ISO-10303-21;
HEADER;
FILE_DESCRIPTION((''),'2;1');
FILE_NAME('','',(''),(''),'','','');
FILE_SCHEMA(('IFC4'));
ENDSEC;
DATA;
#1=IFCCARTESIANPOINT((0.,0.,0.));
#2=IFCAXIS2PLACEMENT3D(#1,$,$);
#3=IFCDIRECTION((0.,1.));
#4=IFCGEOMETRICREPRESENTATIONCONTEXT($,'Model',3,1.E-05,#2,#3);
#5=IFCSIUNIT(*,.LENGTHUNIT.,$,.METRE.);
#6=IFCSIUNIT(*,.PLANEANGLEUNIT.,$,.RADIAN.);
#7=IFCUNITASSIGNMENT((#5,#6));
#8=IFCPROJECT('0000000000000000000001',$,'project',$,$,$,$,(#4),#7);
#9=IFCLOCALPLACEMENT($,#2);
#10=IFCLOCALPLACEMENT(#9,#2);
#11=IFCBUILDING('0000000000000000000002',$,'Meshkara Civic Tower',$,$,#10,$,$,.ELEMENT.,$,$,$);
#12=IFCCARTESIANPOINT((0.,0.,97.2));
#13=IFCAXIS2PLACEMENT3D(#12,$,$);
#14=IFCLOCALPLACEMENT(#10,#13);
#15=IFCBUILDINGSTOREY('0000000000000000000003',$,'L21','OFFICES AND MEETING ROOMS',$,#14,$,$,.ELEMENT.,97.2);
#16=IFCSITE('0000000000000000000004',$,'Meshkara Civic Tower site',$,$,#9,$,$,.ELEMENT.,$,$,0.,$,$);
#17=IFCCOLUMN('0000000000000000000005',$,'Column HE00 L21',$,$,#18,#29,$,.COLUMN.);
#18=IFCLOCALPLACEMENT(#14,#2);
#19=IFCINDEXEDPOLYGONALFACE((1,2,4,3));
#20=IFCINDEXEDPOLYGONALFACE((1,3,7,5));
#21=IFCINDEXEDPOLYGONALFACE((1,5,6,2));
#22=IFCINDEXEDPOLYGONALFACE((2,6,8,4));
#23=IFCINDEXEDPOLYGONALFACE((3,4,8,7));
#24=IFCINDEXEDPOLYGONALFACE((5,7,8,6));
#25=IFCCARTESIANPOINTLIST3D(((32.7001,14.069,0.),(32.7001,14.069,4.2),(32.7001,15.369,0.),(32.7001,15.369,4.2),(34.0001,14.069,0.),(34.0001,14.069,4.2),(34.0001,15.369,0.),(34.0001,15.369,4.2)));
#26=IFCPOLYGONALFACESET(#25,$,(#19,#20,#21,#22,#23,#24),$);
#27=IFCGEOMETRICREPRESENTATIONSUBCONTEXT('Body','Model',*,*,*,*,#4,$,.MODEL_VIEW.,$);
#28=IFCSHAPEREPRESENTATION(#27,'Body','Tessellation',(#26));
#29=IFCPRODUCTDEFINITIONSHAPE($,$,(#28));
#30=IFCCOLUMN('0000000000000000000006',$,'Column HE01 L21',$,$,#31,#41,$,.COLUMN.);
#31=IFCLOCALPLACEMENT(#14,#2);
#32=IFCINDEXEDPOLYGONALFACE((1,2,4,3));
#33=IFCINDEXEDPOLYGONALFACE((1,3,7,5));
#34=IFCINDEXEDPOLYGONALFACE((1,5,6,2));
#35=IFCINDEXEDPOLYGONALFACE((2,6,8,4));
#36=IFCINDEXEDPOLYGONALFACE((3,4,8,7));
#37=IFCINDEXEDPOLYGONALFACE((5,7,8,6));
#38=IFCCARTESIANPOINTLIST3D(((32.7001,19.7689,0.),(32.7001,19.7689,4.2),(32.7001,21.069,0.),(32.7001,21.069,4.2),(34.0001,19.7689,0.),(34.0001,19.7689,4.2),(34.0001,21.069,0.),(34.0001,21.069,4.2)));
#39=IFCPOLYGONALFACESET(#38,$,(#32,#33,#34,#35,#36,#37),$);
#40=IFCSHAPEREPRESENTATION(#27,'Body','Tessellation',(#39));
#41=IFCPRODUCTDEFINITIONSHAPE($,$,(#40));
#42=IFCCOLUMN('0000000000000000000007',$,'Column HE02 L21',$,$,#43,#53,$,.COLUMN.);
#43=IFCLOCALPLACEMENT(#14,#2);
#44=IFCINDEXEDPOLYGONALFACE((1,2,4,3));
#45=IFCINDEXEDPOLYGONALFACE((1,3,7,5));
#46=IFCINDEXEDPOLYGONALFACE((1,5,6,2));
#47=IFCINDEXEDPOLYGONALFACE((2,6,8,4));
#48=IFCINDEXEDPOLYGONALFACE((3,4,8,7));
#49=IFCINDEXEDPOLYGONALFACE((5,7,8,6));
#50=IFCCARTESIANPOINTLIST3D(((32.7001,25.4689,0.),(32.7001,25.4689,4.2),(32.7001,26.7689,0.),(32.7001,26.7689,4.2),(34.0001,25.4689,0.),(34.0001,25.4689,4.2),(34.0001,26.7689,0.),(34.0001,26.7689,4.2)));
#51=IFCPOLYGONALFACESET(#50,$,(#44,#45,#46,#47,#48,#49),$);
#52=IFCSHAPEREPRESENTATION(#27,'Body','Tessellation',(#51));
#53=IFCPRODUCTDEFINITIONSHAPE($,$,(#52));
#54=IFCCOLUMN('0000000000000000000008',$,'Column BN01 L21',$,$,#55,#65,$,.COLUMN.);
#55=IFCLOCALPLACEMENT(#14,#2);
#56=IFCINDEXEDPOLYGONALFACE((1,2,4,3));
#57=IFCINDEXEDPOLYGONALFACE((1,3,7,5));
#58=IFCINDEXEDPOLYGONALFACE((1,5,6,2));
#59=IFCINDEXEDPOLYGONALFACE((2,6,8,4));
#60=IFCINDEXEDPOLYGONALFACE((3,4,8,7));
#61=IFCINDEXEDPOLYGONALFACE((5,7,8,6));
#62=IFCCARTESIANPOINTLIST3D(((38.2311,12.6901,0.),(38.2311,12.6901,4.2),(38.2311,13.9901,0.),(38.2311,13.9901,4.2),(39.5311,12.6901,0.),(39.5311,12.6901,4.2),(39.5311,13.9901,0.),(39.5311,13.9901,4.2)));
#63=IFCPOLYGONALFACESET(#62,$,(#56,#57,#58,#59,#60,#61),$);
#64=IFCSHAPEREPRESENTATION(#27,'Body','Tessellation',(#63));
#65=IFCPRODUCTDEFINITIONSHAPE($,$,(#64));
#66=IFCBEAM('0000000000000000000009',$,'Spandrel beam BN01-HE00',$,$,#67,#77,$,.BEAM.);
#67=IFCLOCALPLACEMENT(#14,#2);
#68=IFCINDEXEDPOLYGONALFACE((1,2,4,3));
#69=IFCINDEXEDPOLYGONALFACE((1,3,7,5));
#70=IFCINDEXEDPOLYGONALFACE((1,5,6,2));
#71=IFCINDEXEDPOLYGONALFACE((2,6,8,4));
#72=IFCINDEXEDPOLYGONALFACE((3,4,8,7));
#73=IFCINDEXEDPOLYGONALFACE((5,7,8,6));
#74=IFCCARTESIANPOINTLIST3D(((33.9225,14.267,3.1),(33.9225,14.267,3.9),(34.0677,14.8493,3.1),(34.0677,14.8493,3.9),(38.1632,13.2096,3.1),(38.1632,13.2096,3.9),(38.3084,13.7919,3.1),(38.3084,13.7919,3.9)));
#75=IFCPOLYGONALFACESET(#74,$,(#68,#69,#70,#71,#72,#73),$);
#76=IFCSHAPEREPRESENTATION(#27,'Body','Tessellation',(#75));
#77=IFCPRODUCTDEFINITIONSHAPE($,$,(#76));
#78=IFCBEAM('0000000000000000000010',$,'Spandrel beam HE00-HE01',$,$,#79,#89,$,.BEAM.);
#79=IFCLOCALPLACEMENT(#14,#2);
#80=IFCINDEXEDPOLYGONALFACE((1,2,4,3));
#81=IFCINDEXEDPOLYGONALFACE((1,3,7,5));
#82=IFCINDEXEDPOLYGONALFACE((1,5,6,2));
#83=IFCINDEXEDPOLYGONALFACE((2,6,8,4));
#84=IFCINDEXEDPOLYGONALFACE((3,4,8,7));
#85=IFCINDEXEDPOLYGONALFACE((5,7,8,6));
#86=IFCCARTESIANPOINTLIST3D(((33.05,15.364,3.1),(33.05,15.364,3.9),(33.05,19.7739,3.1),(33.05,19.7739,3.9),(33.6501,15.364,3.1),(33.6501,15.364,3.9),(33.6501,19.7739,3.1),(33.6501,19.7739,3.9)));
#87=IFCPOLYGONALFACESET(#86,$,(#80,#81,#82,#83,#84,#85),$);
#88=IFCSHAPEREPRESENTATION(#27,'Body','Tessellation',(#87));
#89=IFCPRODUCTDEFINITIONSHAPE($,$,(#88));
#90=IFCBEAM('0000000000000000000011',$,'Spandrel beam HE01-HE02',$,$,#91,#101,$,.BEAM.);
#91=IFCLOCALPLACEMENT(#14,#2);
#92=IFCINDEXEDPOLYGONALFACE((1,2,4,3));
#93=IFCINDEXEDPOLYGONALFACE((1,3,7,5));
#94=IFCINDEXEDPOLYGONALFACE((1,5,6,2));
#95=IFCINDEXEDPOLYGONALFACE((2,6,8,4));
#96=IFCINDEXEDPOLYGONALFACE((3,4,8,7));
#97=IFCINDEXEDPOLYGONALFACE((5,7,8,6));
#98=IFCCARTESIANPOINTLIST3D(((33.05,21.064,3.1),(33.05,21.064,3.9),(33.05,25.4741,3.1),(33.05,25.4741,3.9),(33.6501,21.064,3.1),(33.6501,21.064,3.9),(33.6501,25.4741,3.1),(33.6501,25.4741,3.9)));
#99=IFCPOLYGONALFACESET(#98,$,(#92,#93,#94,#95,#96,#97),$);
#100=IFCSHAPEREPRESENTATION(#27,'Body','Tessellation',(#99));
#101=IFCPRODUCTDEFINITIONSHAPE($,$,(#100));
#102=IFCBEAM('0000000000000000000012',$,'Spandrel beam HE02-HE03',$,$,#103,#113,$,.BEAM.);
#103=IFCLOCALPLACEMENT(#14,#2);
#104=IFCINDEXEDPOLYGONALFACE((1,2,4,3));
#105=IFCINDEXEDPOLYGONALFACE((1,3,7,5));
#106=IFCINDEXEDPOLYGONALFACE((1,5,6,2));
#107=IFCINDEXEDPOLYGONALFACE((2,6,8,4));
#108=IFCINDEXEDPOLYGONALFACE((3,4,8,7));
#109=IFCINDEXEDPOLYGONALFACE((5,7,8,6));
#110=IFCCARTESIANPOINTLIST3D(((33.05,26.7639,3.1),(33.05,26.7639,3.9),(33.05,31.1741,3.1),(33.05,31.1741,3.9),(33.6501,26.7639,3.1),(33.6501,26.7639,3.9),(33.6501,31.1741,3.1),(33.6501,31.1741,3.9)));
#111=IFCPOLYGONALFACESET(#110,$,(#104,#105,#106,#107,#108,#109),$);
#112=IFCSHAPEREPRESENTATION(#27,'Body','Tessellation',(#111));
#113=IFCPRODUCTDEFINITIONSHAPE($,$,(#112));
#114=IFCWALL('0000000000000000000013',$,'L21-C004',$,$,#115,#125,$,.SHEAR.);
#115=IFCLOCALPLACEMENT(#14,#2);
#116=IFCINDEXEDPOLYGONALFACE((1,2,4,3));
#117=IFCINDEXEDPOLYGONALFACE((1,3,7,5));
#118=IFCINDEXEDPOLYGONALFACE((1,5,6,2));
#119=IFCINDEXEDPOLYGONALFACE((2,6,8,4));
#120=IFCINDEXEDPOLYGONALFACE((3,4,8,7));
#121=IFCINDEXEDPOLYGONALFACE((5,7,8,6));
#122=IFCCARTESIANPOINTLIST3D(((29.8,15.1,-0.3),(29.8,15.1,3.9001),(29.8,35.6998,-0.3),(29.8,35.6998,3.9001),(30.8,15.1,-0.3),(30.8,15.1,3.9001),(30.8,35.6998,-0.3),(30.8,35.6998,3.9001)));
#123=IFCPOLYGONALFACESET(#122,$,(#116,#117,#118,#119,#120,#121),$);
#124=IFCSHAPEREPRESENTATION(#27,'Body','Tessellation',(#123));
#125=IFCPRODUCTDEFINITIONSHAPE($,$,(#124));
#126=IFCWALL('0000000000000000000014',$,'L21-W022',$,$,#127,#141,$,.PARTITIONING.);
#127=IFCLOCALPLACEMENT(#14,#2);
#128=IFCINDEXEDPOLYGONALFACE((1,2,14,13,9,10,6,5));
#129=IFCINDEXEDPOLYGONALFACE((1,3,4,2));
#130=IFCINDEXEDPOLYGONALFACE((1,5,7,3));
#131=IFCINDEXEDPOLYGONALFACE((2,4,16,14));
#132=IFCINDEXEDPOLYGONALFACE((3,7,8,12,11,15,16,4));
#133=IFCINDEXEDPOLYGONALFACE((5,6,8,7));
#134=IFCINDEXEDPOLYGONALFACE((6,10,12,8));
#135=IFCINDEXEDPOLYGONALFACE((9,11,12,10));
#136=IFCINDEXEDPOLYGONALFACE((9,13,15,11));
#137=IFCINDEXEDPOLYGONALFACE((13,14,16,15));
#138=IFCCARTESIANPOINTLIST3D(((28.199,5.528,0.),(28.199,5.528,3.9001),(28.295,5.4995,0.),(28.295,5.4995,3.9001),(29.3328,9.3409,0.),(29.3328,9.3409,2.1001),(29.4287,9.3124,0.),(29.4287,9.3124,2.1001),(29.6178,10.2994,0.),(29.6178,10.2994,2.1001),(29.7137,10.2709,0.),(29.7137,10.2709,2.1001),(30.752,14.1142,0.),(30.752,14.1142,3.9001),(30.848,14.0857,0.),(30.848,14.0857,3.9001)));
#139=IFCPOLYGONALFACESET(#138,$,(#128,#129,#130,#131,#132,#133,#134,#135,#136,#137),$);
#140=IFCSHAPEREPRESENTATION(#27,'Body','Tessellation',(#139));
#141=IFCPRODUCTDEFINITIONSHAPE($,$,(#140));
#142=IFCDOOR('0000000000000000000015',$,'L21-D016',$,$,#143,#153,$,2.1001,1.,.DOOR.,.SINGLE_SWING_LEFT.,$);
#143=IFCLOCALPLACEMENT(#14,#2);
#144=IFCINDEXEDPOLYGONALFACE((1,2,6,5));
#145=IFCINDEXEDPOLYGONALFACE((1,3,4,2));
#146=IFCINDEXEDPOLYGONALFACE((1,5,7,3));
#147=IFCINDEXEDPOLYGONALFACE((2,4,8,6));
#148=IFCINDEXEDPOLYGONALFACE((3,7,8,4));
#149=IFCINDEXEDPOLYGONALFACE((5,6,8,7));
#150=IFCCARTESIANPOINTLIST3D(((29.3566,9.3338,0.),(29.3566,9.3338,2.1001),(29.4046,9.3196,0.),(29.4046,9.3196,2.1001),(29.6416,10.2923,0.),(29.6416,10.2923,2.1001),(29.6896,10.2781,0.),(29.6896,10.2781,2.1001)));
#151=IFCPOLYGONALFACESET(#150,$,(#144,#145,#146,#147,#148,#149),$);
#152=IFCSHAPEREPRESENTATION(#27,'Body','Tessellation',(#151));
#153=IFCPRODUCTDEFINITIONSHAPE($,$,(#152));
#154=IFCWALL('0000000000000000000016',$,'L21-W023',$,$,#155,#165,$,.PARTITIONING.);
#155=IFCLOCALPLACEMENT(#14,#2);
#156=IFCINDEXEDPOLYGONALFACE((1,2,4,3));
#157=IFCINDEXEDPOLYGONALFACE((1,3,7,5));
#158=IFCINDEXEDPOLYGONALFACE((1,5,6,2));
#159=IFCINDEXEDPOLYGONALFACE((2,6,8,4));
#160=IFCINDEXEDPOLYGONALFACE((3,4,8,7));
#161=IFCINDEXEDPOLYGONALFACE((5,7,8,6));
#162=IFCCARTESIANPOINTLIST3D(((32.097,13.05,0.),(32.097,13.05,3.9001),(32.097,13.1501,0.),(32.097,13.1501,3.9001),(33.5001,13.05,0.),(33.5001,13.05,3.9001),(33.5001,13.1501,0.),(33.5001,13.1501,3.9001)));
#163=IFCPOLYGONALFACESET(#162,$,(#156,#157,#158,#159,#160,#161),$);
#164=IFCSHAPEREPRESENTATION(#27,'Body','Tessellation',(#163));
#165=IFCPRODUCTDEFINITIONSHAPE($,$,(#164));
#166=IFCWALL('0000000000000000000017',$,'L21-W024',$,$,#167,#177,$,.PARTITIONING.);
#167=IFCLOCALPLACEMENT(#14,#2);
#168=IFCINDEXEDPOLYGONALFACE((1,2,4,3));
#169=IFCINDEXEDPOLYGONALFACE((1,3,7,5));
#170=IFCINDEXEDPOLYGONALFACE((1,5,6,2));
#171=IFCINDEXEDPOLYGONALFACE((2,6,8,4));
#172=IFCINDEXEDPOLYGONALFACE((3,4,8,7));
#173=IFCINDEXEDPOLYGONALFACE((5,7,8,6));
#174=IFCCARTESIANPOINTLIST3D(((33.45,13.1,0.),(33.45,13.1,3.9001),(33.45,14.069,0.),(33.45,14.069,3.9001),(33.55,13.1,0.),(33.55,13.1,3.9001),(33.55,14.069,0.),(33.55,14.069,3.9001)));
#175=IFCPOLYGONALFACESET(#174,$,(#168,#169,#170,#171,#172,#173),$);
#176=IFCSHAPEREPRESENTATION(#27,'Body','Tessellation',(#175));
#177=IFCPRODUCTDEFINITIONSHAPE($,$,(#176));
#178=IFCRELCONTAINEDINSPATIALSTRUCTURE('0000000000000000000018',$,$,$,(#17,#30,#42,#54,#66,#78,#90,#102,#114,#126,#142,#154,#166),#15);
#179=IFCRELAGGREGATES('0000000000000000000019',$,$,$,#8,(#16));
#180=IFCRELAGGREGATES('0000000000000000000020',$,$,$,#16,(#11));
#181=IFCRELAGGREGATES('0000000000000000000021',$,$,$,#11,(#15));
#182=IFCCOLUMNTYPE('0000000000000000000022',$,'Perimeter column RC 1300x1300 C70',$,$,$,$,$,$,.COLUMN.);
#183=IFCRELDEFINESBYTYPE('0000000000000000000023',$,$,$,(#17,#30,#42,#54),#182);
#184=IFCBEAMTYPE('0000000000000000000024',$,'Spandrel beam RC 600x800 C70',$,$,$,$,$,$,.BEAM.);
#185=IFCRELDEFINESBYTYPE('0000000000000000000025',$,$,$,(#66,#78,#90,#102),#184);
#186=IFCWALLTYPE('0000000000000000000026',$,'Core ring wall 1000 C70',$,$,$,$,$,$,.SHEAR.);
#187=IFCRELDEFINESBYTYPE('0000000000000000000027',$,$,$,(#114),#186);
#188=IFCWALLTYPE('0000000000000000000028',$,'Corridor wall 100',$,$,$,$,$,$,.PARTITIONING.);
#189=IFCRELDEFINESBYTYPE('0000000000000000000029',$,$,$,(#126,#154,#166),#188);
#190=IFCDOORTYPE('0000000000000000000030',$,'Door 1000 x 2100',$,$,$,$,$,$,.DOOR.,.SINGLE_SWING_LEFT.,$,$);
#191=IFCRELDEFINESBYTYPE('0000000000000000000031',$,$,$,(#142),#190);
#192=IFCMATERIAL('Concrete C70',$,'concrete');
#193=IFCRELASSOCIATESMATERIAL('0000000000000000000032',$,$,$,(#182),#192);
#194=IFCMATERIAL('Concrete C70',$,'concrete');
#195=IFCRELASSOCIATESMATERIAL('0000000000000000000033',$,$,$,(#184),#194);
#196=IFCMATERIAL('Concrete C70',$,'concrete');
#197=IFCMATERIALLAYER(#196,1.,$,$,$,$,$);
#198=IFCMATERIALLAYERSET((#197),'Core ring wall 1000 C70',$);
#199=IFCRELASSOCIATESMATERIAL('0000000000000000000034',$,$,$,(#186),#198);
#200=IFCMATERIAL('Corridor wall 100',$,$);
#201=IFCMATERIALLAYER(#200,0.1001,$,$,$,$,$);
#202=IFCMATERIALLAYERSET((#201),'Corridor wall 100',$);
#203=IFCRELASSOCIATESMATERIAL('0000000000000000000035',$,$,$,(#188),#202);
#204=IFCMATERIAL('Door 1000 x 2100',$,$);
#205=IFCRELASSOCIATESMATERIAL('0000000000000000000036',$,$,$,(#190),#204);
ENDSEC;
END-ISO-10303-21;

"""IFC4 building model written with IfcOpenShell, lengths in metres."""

from ifc_helpers import new_model, si_unit, direction, frame, frame_2d, origin, origin_2d, place, context, subcontext, project, spatial, rectangle, extrude, material, layer, layer_set, material_profile, profile_set, type_object, element, fill, save


model = new_model("IFC4")

# Units and contexts
model_context = context("Model", 3, precision=1e-05, world=origin(), true_north=direction((0.0, 1.0)))
body_context = subcontext(model_context, "Body", "Model", "MODEL_VIEW")
ifc_project = project(units=[si_unit("LENGTHUNIT", "METRE"), si_unit("PLANEANGLEUNIT", "RADIAN")], contexts=[model_context])

# Site, building, storey
site_placement = place(None, origin())
site = spatial("IfcSite", under=ifc_project, at=site_placement, Name="Meshkara Civic Tower site", CompositionType="ELEMENT", RefElevation=0.0)
building_placement = place(site_placement, origin())
building = spatial("IfcBuilding", under=site, at=building_placement, Name="Meshkara Civic Tower", CompositionType="ELEMENT")
storey_placement = place(building_placement, frame((0.0, 0.0, 97.2)))
storey = spatial("IfcBuildingStorey", under=building, at=storey_placement, Name="L21", Description="OFFICES AND MEETING ROOMS", CompositionType="ELEMENT", Elevation=97.2)

# Columns
ifc_material_1 = material(Name="Concrete C70", Category="concrete")
ifc_material_profile_1 = material_profile(ifc_material_1, rectangle(XDim=1.3, YDim=1.3, at=origin_2d()))
ifc_profile_set_1 = profile_set([ifc_material_profile_1], Name="Concrete C70")
column_type = type_object("IfcColumnType", Name="Perimeter column RC 1300x1300 C70", PredefinedType="COLUMN", material=ifc_profile_set_1)
for number, where, z_axis, x_axis, name in (
    (1, (33.3501, 14.719, 0.0), (0.0, 0.0, 1.0), (1.0, 0.0, 0.0), "Column HE00 L21"),
    (2, (33.3501, 20.4189, 0.0), (0.0, 0.0, 1.0), (1.0, 0.0, 0.0), "Column HE01 L21"),
    (3, (33.3501, 26.1189, 0.0), (0.0, 0.0, 1.0), (1.0, 0.0, 0.0), "Column HE02 L21"),
    (4, (38.8811, 13.3401, 0.0), (0.0, 0.0, 1.0), (1.0, 0.0, 0.0), "Column BN01 L21"),
):
    element("IfcColumn", number, at=place(storey_placement, frame(where, z_axis=z_axis, x_axis=x_axis)), inside=storey, type_object=column_type, Name=name, PredefinedType="COLUMN", context=body_context, shape_type="SweptSolid", body=[
        extrude(rectangle(XDim=1.3, YDim=1.3, at=origin_2d()), origin(), (0.0, 0.0, 1.0), 4.2),
    ])

# Beams
ifc_material_2 = material(Name="Concrete C70", Category="concrete")
ifc_material_profile_2 = material_profile(ifc_material_2, rectangle(XDim=0.6001, YDim=0.8, at=origin_2d()))
ifc_profile_set_2 = profile_set([ifc_material_profile_2], Name="Concrete C70")
beam_type = type_object("IfcBeamType", Name="Spandrel beam RC 600x800 C70", PredefinedType="BEAM", material=ifc_profile_set_2)
beam_1_placement = place(storey_placement, frame((38.2358, 13.5007, 3.5), z_axis=(-0.970293, 0.241931, 0.0), x_axis=(-0.241931, -0.970293, 0.0)))
element("IfcBeam", 5, at=beam_1_placement, inside=storey, type_object=beam_type, Name="Spandrel beam BN01-HE00", PredefinedType="BEAM", context=body_context, shape_type="SweptSolid", body=[
    extrude(rectangle(XDim=0.6001, YDim=0.8, at=origin_2d()), origin(), (0.0, 0.0, 1.0), 4.3706),
])
beam_2_placement = place(storey_placement, frame((33.3501, 15.364, 3.5), z_axis=(0.0, 1.0, 0.0), x_axis=(-1.0, 0.0, 0.0)))
element("IfcBeam", 6, at=beam_2_placement, inside=storey, type_object=beam_type, Name="Spandrel beam HE00-HE01", PredefinedType="BEAM", context=body_context, shape_type="SweptSolid", body=[
    extrude(rectangle(XDim=0.6001, YDim=0.8, at=origin_2d()), origin(), (0.0, 0.0, 1.0), 4.4099),
])
for number, where, z_axis, x_axis, name in (
    (7, (33.3501, 21.064, 3.5), (0.0, 1.0, 0.0), (-1.0, 0.0, 0.0), "Spandrel beam HE01-HE02"),
    (8, (33.3501, 26.7639, 3.5), (0.0, 1.0, 0.0), (-1.0, 0.0, 0.0), "Spandrel beam HE02-HE03"),
):
    element("IfcBeam", number, at=place(storey_placement, frame(where, z_axis=z_axis, x_axis=x_axis)), inside=storey, type_object=beam_type, Name=name, PredefinedType="BEAM", context=body_context, shape_type="SweptSolid", body=[
        extrude(rectangle(XDim=0.6001, YDim=0.8, at=origin_2d()), origin(), (0.0, 0.0, 1.0), 4.4102),
    ])

# Wall
ifc_material_3 = material(Name="Concrete C70", Category="concrete")
ifc_layer_1 = layer(ifc_material_3, 1.0)
ifc_layer_set_1 = layer_set([ifc_layer_1], Name="Core ring wall 1000 C70")
wall_type_1 = type_object("IfcWallType", Name="Core ring wall 1000 C70", PredefinedType="SHEAR", material=ifc_layer_set_1)
wall_1_placement = place(storey_placement, frame((30.3, 15.1001, -0.3), z_axis=(0.0, 0.0, 1.0), x_axis=(0.0, 1.0, 0.0)))
element("IfcWall", 9, at=wall_1_placement, inside=storey, type_object=wall_type_1, Name="L21-C004", PredefinedType="SHEAR", context=body_context, shape_type="SweptSolid", body=[
    extrude(rectangle(XDim=20.5999, YDim=1.0, at=frame_2d((10.2998, 0.0))), origin(), (0.0, 0.0, 1.0), 4.2002),
])

# Wall, opening, door
ifc_material_4 = material(Name="Corridor wall 100")
ifc_layer_2 = layer(ifc_material_4, 0.1001)
ifc_layer_set_2 = layer_set([ifc_layer_2], Name="Corridor wall 100")
wall_type_2 = type_object("IfcWallType", Name="Corridor wall 100", PredefinedType="PARTITIONING", material=ifc_layer_set_2)
wall_2_placement = place(storey_placement, frame((30.8, 14.1001, 0.0), z_axis=(0.0, 0.0, 1.0), x_axis=(-0.285004, -0.958526, 0.0)))
wall_2 = element("IfcWall", 10, at=wall_2_placement, inside=storey, type_object=wall_type_2, Name="L21-W022", PredefinedType="PARTITIONING", context=body_context, shape_type="SweptSolid", body=[
    extrude(rectangle(XDim=8.9578, YDim=0.1001, at=frame_2d((4.479, 0.0))), origin(), (0.0, 0.0, 1.0), 3.9001),
])
opening_1_placement = place(wall_2_placement, frame((3.98, 0.0, 0.0)))
opening_1 = element("IfcOpeningElement", 11, at=opening_1_placement, cuts=wall_2, PredefinedType="OPENING", context=body_context, shape_type="SweptSolid", body=[
    extrude(rectangle(XDim=1.0, YDim=2.1001, at=frame_2d((0.5, 1.05))), frame((0.0, 0.0601, 0.0), z_axis=(0.0, -1.0, 0.0), x_axis=(1.0, 0.0, 0.0)), (0.0, 0.0, 1.0), 0.1201),
])
ifc_material_5 = material(Name="Door 1000 x 2100")
door_type_1 = type_object("IfcDoorType", Name="Door 1000 x 2100", OperationType="SINGLE_SWING_LEFT", PredefinedType="DOOR", material=ifc_material_5)
door_1_placement = place(opening_1_placement, origin())
door_1 = element("IfcDoor", 12, at=door_1_placement, inside=storey, type_object=door_type_1, Name="L21-D016", OperationType="SINGLE_SWING_LEFT", OverallHeight=2.1001, OverallWidth=1.0, PredefinedType="DOOR", context=body_context, shape_type="SweptSolid", body=[
    extrude(rectangle(XDim=1.0, YDim=2.1001, at=frame_2d((0.5, 1.05))), frame((0.0, 0.0249, 0.0), z_axis=(0.0, -1.0, 0.0), x_axis=(1.0, 0.0, 0.0)), (0.0, 0.0, 1.0), 0.05),
])
fill(opening_1, door_1)

# Walls
wall_3_placement = place(storey_placement, frame((32.0969, 13.1001, 0.0), z_axis=(0.0, 0.0, 1.0), x_axis=(1.0, 0.0, 0.0)))
element("IfcWall", 13, at=wall_3_placement, inside=storey, type_object=wall_type_2, Name="L21-W023", PredefinedType="PARTITIONING", context=body_context, shape_type="SweptSolid", body=[
    extrude(rectangle(XDim=1.4031, YDim=0.1001, at=frame_2d((0.7017, 0.0))), origin(), (0.0, 0.0, 1.0), 3.9001),
])
wall_4_placement = place(storey_placement, frame((33.5, 13.1001, 0.0), z_axis=(0.0, 0.0, 1.0), x_axis=(0.0, 1.0, 0.0)))
element("IfcWall", 14, at=wall_4_placement, inside=storey, type_object=wall_type_2, Name="L21-W024", PredefinedType="PARTITIONING", context=body_context, shape_type="SweptSolid", body=[
    extrude(rectangle(XDim=0.969, YDim=0.1001, at=frame_2d((0.4844, 0.0))), origin(), (0.0, 0.0, 1.0), 3.9001),
])

save(model, "model.ifc")
